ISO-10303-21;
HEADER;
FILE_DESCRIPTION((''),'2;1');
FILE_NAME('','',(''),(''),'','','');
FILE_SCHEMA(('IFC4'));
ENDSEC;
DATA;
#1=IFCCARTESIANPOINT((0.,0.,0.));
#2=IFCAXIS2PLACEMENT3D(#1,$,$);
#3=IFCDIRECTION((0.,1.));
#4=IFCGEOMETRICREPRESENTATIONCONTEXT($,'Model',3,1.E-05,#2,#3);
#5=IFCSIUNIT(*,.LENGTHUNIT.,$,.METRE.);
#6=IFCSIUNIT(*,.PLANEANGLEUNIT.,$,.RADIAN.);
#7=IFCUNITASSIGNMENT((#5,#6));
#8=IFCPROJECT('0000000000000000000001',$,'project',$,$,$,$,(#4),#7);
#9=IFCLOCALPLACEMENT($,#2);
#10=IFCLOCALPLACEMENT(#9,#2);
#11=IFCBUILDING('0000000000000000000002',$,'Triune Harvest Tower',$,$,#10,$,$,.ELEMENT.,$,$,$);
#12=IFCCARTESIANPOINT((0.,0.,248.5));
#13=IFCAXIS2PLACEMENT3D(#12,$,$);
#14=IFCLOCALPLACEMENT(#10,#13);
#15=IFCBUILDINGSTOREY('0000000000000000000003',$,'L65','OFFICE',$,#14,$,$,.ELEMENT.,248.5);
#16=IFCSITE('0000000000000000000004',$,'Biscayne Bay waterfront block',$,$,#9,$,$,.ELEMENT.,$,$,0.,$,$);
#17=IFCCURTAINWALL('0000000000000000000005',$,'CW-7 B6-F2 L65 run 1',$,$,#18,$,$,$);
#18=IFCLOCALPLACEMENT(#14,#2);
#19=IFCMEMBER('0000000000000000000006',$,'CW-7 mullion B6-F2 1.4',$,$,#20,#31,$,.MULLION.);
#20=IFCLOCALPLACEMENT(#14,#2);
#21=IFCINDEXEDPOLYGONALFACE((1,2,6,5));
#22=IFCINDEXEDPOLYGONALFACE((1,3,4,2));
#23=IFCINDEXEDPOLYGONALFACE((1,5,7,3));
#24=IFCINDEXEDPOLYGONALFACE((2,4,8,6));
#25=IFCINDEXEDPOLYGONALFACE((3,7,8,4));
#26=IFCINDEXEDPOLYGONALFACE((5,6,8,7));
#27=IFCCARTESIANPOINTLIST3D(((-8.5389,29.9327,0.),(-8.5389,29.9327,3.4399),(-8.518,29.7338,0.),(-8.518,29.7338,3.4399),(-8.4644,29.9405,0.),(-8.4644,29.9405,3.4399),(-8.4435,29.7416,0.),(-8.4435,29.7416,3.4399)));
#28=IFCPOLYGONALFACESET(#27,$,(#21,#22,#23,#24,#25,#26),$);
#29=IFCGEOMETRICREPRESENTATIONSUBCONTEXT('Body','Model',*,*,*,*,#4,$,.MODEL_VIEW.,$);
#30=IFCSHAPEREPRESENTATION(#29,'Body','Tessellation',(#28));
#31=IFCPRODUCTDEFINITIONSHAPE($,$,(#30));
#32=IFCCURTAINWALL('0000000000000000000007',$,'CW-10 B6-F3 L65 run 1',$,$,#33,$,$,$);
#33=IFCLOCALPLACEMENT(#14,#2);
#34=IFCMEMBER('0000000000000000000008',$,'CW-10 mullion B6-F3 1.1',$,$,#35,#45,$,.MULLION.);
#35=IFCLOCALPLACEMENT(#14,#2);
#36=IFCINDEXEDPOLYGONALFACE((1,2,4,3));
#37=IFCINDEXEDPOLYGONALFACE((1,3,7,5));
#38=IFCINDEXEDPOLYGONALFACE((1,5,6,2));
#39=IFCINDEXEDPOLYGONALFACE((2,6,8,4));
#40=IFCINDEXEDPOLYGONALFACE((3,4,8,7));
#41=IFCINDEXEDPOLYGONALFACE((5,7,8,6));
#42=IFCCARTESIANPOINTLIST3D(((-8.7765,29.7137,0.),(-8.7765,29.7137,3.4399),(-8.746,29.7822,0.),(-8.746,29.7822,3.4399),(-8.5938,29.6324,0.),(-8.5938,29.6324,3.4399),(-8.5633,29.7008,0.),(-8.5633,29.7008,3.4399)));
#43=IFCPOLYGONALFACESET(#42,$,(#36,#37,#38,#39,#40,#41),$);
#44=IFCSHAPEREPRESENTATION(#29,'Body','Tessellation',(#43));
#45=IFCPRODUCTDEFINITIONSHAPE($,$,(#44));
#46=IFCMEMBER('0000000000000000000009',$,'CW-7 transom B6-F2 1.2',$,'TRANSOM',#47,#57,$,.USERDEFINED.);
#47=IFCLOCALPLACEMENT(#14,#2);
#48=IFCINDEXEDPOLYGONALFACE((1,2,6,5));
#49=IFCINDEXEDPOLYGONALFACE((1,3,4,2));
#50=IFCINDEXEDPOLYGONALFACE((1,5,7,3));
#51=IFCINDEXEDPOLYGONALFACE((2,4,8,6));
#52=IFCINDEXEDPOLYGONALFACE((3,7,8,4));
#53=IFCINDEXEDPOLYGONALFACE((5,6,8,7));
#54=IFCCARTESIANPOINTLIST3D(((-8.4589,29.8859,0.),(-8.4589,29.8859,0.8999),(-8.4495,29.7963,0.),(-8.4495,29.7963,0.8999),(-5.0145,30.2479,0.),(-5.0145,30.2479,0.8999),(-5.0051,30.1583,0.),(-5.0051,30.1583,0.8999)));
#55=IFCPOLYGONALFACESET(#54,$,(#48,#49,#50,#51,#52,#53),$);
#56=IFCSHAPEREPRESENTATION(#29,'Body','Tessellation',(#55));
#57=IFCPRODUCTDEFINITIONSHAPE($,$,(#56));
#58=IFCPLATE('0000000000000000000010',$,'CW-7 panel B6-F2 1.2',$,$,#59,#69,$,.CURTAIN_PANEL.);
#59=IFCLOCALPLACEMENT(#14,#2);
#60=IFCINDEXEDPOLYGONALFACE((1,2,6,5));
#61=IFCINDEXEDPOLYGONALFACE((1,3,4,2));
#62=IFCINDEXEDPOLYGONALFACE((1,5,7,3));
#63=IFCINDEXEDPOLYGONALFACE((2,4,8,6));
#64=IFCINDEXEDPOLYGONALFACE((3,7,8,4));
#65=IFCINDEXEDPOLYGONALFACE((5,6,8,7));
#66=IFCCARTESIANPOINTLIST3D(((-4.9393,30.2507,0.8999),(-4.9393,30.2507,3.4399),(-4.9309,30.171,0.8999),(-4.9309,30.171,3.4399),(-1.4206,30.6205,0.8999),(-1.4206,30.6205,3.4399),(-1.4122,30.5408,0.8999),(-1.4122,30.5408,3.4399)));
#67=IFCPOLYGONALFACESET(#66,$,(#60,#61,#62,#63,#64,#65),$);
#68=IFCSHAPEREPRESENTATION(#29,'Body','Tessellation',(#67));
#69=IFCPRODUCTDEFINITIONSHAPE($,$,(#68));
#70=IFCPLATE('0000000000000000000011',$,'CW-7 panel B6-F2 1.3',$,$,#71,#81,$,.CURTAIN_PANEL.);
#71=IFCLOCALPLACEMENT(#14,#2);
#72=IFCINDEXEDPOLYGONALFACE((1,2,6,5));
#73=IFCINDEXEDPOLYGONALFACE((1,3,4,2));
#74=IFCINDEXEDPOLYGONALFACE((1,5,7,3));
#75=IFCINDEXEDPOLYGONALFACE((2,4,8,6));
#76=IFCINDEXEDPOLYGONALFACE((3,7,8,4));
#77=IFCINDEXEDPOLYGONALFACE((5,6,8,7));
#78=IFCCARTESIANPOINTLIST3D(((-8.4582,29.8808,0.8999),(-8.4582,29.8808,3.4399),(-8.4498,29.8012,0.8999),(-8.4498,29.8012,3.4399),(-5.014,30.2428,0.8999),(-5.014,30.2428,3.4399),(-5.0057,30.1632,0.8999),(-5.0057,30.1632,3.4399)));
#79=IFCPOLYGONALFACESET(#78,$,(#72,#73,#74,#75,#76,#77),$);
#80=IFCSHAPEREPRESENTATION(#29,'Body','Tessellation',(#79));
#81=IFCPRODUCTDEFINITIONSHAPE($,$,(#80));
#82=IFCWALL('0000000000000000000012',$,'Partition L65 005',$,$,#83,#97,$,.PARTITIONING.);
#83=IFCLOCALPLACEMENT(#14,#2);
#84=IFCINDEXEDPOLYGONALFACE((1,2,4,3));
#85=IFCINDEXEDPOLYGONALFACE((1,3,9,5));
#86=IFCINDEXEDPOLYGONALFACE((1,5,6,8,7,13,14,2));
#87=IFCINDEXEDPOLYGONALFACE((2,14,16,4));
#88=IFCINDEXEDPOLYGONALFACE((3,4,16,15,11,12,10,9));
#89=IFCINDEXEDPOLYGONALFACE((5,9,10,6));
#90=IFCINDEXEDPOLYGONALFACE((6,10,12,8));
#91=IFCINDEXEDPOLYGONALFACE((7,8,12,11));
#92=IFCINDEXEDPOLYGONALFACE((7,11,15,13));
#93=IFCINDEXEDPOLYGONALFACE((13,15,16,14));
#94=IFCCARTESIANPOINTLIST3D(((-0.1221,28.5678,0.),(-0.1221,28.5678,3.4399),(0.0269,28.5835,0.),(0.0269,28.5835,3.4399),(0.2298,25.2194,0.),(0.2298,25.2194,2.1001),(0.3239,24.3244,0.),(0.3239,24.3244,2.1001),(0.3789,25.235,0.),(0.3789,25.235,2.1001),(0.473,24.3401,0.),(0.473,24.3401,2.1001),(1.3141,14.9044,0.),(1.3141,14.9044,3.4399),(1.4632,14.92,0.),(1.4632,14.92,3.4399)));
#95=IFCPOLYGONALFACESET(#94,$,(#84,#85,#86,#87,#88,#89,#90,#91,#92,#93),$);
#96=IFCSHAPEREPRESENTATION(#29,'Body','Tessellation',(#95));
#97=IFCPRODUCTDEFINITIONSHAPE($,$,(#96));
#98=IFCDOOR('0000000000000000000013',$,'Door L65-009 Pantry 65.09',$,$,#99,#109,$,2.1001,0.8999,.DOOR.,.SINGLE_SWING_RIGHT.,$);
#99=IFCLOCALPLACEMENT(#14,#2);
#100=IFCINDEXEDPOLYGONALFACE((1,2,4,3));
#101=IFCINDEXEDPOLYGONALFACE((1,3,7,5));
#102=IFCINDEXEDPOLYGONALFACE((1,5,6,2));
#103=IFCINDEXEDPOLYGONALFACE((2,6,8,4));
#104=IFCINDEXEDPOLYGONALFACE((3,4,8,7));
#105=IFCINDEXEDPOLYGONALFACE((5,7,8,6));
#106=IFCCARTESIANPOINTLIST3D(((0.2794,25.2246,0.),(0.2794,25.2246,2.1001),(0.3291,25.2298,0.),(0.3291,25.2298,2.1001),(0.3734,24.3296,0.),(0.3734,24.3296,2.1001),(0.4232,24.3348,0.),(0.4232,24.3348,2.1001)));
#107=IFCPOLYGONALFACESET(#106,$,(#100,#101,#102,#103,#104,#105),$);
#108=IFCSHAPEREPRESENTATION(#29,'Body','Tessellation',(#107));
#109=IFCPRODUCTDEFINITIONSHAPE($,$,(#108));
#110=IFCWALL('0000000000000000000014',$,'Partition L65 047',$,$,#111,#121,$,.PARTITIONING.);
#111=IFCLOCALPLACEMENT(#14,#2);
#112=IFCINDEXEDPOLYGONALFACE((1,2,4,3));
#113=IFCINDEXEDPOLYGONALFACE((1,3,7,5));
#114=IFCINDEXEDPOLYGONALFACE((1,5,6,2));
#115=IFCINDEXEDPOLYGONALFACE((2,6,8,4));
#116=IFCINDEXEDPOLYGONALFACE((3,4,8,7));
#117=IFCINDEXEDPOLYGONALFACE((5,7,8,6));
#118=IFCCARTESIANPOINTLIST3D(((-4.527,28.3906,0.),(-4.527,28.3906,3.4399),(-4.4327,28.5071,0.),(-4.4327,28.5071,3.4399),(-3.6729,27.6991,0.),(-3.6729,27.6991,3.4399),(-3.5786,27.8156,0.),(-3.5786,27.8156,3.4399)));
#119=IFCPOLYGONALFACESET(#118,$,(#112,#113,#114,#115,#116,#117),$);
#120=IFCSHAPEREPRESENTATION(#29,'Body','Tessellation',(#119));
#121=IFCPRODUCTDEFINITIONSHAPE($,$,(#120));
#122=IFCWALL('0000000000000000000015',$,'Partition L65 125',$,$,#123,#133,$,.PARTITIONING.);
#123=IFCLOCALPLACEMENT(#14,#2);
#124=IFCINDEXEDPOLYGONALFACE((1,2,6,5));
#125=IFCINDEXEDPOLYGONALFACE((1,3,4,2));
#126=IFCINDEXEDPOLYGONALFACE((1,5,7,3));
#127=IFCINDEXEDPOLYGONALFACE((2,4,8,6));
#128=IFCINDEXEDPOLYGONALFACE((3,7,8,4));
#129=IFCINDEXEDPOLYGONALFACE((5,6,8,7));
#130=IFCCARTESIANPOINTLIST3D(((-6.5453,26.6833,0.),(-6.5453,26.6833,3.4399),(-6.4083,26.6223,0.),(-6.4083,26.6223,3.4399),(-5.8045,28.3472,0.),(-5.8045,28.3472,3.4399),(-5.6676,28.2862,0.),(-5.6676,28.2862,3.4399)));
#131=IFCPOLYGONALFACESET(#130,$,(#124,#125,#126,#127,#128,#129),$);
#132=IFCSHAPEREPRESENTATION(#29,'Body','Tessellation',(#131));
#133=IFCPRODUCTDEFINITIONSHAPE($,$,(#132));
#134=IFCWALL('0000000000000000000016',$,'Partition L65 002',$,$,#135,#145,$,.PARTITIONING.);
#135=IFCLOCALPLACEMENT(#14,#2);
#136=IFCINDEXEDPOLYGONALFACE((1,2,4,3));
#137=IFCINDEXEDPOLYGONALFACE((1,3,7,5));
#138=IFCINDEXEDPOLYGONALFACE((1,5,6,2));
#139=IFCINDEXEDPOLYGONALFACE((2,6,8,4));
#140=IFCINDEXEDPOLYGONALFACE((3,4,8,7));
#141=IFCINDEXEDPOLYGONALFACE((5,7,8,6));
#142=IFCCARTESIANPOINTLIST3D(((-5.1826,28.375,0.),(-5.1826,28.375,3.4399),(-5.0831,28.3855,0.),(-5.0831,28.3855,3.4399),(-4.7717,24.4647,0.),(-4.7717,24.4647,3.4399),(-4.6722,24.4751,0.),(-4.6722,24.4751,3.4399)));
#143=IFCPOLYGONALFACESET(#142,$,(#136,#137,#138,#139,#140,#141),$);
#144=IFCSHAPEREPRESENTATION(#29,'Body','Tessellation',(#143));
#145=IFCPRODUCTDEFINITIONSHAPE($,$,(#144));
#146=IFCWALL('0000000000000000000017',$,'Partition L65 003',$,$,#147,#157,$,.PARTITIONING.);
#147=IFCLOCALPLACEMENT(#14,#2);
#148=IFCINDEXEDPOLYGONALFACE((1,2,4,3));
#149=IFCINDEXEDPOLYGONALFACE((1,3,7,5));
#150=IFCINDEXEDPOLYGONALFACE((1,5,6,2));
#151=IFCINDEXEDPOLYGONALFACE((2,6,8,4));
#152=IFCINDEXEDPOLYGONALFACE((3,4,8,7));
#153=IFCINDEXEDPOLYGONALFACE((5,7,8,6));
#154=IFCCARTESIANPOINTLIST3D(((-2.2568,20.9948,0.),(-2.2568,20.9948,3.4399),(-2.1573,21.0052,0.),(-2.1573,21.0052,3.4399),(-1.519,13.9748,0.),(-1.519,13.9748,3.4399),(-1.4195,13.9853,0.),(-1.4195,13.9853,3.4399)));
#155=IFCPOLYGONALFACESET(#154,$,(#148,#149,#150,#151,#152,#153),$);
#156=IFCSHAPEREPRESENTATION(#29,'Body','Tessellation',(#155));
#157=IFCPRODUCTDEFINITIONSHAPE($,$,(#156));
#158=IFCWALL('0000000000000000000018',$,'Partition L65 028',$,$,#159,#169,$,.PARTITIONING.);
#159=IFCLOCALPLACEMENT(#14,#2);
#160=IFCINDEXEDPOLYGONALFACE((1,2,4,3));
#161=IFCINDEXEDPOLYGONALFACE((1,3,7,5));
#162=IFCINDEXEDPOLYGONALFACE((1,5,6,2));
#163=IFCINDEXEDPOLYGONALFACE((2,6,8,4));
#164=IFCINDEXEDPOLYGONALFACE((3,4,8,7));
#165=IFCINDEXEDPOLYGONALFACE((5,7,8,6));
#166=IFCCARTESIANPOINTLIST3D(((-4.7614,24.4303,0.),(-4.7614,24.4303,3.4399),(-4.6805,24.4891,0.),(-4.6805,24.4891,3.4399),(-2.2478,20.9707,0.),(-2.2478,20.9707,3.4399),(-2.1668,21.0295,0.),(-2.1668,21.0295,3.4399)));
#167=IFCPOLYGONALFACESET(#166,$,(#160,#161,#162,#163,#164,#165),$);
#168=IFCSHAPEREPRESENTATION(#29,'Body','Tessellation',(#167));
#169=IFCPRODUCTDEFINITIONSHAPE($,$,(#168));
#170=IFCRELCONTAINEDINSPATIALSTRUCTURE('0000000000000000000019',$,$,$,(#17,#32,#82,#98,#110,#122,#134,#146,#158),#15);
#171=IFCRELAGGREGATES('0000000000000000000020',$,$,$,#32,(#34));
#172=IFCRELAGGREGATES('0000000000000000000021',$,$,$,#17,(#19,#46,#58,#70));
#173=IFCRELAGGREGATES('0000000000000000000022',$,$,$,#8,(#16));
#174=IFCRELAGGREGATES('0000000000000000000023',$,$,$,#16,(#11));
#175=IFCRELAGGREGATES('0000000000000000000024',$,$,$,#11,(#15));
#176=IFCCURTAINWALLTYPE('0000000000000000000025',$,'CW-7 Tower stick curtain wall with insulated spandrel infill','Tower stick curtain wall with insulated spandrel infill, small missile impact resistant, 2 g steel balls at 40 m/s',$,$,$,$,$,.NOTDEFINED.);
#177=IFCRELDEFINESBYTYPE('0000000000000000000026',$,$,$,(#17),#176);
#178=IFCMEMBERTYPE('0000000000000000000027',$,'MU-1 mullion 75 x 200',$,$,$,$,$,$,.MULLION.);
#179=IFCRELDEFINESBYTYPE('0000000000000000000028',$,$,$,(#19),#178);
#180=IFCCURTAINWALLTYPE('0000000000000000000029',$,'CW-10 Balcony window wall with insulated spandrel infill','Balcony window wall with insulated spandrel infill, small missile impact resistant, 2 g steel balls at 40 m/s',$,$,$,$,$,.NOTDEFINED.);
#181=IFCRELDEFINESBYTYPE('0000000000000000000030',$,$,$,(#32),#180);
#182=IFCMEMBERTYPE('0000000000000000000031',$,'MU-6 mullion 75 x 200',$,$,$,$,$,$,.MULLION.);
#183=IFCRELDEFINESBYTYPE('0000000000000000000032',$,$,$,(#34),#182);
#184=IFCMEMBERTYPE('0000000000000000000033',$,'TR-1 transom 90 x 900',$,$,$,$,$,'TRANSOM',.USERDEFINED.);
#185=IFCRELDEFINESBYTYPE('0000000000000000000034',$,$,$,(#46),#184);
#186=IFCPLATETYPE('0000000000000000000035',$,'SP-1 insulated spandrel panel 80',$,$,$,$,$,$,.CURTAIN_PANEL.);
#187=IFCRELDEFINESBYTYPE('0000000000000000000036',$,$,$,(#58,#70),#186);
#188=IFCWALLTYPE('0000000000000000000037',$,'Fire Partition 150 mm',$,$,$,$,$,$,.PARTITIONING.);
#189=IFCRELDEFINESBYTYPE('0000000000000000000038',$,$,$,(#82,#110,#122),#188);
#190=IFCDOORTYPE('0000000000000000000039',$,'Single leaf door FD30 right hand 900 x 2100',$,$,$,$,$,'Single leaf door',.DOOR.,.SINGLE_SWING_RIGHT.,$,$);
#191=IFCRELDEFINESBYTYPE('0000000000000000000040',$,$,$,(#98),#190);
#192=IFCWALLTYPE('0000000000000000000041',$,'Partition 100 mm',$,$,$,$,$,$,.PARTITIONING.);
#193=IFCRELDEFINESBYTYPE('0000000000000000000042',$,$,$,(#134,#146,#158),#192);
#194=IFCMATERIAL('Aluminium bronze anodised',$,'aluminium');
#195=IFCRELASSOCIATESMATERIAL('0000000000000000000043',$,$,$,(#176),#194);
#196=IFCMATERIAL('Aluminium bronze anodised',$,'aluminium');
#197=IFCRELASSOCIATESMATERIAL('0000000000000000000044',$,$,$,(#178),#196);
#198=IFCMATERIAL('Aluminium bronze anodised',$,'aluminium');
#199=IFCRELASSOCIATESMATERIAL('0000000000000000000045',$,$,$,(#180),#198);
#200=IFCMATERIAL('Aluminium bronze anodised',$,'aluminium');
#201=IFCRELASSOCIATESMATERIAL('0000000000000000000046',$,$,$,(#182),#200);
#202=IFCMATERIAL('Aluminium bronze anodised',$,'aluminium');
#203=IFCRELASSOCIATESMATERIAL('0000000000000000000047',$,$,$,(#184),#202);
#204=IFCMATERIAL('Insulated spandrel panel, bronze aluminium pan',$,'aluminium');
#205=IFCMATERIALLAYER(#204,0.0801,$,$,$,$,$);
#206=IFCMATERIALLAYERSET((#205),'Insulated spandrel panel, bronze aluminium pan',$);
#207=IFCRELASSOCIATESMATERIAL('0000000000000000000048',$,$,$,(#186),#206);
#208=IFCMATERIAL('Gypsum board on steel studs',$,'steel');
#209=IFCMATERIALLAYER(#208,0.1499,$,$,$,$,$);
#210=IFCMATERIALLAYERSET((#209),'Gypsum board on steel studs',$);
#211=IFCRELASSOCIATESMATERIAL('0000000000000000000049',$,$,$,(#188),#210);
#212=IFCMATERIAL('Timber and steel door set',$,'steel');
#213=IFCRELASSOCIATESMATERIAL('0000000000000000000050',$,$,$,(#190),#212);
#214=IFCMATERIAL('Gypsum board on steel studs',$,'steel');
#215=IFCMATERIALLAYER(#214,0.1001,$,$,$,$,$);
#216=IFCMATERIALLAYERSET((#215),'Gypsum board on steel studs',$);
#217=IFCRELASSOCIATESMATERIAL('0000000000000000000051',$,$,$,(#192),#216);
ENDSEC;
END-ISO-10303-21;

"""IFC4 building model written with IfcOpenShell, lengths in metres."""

from ifc_helpers import new_model, si_unit, direction, frame, frame_2d, origin, origin_2d, place, context, subcontext, project, spatial, rectangle, extrude, source, transform, mapped, material, layer, layer_set, material_profile, profile_set, type_object, element, fill, aggregate, save


model = new_model("IFC4")

# Units and contexts
model_context = context("Model", 3, precision=1e-05, world=origin(), true_north=direction((0.0, 1.0)))
body_context = subcontext(model_context, "Body", "Model", "MODEL_VIEW")
ifc_project = project(units=[si_unit("LENGTHUNIT", "METRE"), si_unit("PLANEANGLEUNIT", "RADIAN")], contexts=[model_context])

# Site, building, storey
site_placement = place(None, origin())
site = spatial("IfcSite", under=ifc_project, at=site_placement, Name="Biscayne Bay waterfront block", CompositionType="ELEMENT", RefElevation=0.0)
building_placement = place(site_placement, origin())
building = spatial("IfcBuilding", under=site, at=building_placement, Name="Triune Harvest Tower", CompositionType="ELEMENT")
storey_placement = place(building_placement, frame((0.0, 0.0, 248.5)))
storey = spatial("IfcBuildingStorey", under=building, at=storey_placement, Name="L65", Description="OFFICE", CompositionType="ELEMENT", Elevation=248.5)

# Curtain wall, member
ifc_material_1 = material(Name="Aluminium bronze anodised", Category="aluminium")
curtain_wall_type_1 = type_object("IfcCurtainWallType", Name="CW-7 Tower stick curtain wall with insulated spandrel infill", Description="Tower stick curtain wall with insulated spandrel infill, small missile impact resistant, 2 g steel balls at 40 m/s", PredefinedType="NOTDEFINED", material=ifc_material_1)
curtain_wall_1_placement = place(storey_placement, origin())
curtain_wall_1 = element("IfcCurtainWall", 1, at=curtain_wall_1_placement, inside=storey, type_object=curtain_wall_type_1, Name="CW-7 B6-F2 L65 run 1")
ifc_material_2 = material(Name="Aluminium bronze anodised", Category="aluminium")
ifc_material_profile_1 = material_profile(ifc_material_2, rectangle(XDim=0.2, YDim=0.075, at=origin_2d()), Name="MU-1 mullion 75 x 200")
ifc_profile_set_1 = profile_set([ifc_material_profile_1], Name="Aluminium bronze anodised")
member_type_1 = type_object("IfcMemberType", Name="MU-1 mullion 75 x 200", PredefinedType="MULLION", material=ifc_profile_set_1)
shared_shape_1 = source(origin(), body_context, "Body", "SweptSolid", [
    extrude(rectangle(XDim=0.2, YDim=0.075, at=origin_2d()), origin(), (0.0, 0.0, 1.0), 3.4399),
])
member_1_placement = place(storey_placement, frame((-8.4912, 29.8372, 0.0), z_axis=(0.0, 0.0, 1.0), x_axis=(0.10453, -0.994522, 0.0)))
member_1 = element("IfcMember", 2, at=member_1_placement, type_object=member_type_1, Name="CW-7 mullion B6-F2 1.4", PredefinedType="MULLION", context=body_context, shape_type="MappedRepresentation", body=[
    mapped(shared_shape_1, transform((0.0, 0.0, 0.0), scale=1.0)),
])

# Curtain wall, member
ifc_material_3 = material(Name="Aluminium bronze anodised", Category="aluminium")
curtain_wall_type_2 = type_object("IfcCurtainWallType", Name="CW-10 Balcony window wall with insulated spandrel infill", Description="Balcony window wall with insulated spandrel infill, small missile impact resistant, 2 g steel balls at 40 m/s", PredefinedType="NOTDEFINED", material=ifc_material_3)
curtain_wall_2_placement = place(storey_placement, origin())
curtain_wall_2 = element("IfcCurtainWall", 3, at=curtain_wall_2_placement, inside=storey, type_object=curtain_wall_type_2, Name="CW-10 B6-F3 L65 run 1")
ifc_material_4 = material(Name="Aluminium bronze anodised", Category="aluminium")
ifc_material_profile_2 = material_profile(ifc_material_4, rectangle(XDim=0.2, YDim=0.075, at=origin_2d()), Name="MU-6 mullion 75 x 200")
ifc_profile_set_2 = profile_set([ifc_material_profile_2], Name="Aluminium bronze anodised")
member_type_2 = type_object("IfcMemberType", Name="MU-6 mullion 75 x 200", PredefinedType="MULLION", material=ifc_profile_set_2)
shared_shape_2 = source(origin(), body_context, "Body", "SweptSolid", [
    extrude(rectangle(XDim=0.2, YDim=0.075, at=origin_2d()), origin(), (0.0, 0.0, 1.0), 3.4399),
])
member_2_placement = place(storey_placement, frame((-8.6699, 29.7073, 0.0), z_axis=(0.0, 0.0, 1.0), x_axis=(0.913545, -0.406738, 0.0)))
member_2 = element("IfcMember", 4, at=member_2_placement, type_object=member_type_2, Name="CW-10 mullion B6-F3 1.1", PredefinedType="MULLION", context=body_context, shape_type="MappedRepresentation", body=[
    mapped(shared_shape_2, transform((0.0, 0.0, 0.0), scale=1.0)),
])
aggregate(curtain_wall_2, [member_2])

# Member
ifc_material_5 = material(Name="Aluminium bronze anodised", Category="aluminium")
ifc_material_profile_3 = material_profile(ifc_material_5, rectangle(XDim=0.0901, YDim=0.8999, at=origin_2d()), Name="TR-1 transom 90 x 900")
ifc_profile_set_3 = profile_set([ifc_material_profile_3], Name="Aluminium bronze anodised")
member_type_3 = type_object("IfcMemberType", Name="TR-1 transom 90 x 900", ElementType="TRANSOM", PredefinedType="USERDEFINED", material=ifc_profile_set_3)
shared_shape_3 = source(origin(), body_context, "Body", "SweptSolid", [
    extrude(rectangle(XDim=0.0901, YDim=0.8999, at=origin_2d()), origin(), (0.0, 0.0, 1.0), 3.4634),
])
member_3_placement = place(storey_placement, frame((-5.0098, 30.2031, 0.45), z_axis=(-0.994521, -0.104542, 0.0), x_axis=(0.104542, -0.994521, 0.0)))
member_3 = element("IfcMember", 5, at=member_3_placement, type_object=member_type_3, Name="CW-7 transom B6-F2 1.2", ObjectType="TRANSOM", PredefinedType="USERDEFINED", context=body_context, shape_type="MappedRepresentation", body=[
    mapped(shared_shape_3, transform((0.0, 0.0, 0.0), scale=1.0)),
])

# Plates
ifc_material_6 = material(Name="Insulated spandrel panel, bronze aluminium pan", Category="aluminium")
ifc_layer_1 = layer(ifc_material_6, 0.0801)
ifc_layer_set_1 = layer_set([ifc_layer_1], Name="Insulated spandrel panel, bronze aluminium pan")
plate_type = type_object("IfcPlateType", Name="SP-1 insulated spandrel panel 80", PredefinedType="CURTAIN_PANEL", material=ifc_layer_set_1)
shared_shape_4 = source(origin(), body_context, "Body", "SweptSolid", [
    extrude(rectangle(XDim=3.5381, YDim=0.0801, at=origin_2d()), origin(), (0.0, 0.0, 1.0), 2.54),
])
plate_1_placement = place(storey_placement, frame((-3.1758, 30.3958, 0.8999), z_axis=(0.0, 0.0, 1.0), x_axis=(-0.994522, -0.10453, 0.0)))
plate_1 = element("IfcPlate", 6, at=plate_1_placement, type_object=plate_type, Name="CW-7 panel B6-F2 1.2", PredefinedType="CURTAIN_PANEL", context=body_context, shape_type="MappedRepresentation", body=[
    mapped(shared_shape_4, transform((0.0, 0.0, 0.0), scale=1.0)),
])
shared_shape_5 = source(origin(), body_context, "Body", "SweptSolid", [
    extrude(rectangle(XDim=3.4631, YDim=0.0801, at=origin_2d()), origin(), (0.0, 0.0, 1.0), 2.54),
])
plate_2_placement = place(storey_placement, frame((-6.7319, 30.022, 0.8999), z_axis=(0.0, 0.0, 1.0), x_axis=(-0.994522, -0.10453, 0.0)))
plate_2 = element("IfcPlate", 7, at=plate_2_placement, type_object=plate_type, Name="CW-7 panel B6-F2 1.3", PredefinedType="CURTAIN_PANEL", context=body_context, shape_type="MappedRepresentation", body=[
    mapped(shared_shape_5, transform((0.0, 0.0, 0.0), scale=1.0)),
])
aggregate(curtain_wall_1, [member_1, member_3, plate_1, plate_2])

# Wall, opening, door
ifc_material_7 = material(Name="Gypsum board on steel studs", Category="steel")
ifc_layer_2 = layer(ifc_material_7, 0.1499)
ifc_layer_set_2 = layer_set([ifc_layer_2], Name="Gypsum board on steel studs")
wall_type_1 = type_object("IfcWallType", Name="Fire Partition 150 mm", PredefinedType="PARTITIONING", material=ifc_layer_set_2)
wall_1_placement = place(storey_placement, frame((-0.0476, 28.5757, 0.0), z_axis=(0.0, 0.0, 1.0), x_axis=(0.104541, -0.994521, 0.0)))
wall_1 = element("IfcWall", 8, at=wall_1_placement, inside=storey, type_object=wall_type_1, Name="Partition L65 005", PredefinedType="PARTITIONING", context=body_context, shape_type="SweptSolid", body=[
    extrude(rectangle(XDim=13.7388, YDim=0.1499, at=frame_2d((6.8694, 0.0))), origin(), (0.0, 0.0, 1.0), 3.4399),
])
opening_placement = place(wall_1_placement, frame((3.3669, 0.0, 0.0)))
opening = element("IfcOpeningElement", 9, at=opening_placement, cuts=wall_1, PredefinedType="OPENING", context=body_context, shape_type="SweptSolid", body=[
    extrude(rectangle(XDim=0.8999, YDim=2.1001, at=frame_2d((0.45, 1.05))), frame((0.0, 0.085, 0.0), z_axis=(0.0, -1.0, 0.0), x_axis=(1.0, 0.0, 0.0)), (0.0, 0.0, 1.0), 0.1699),
])
ifc_material_8 = material(Name="Timber and steel door set", Category="steel")
door_type = type_object("IfcDoorType", Name="Single leaf door FD30 right hand 900 x 2100", ElementType="Single leaf door", OperationType="SINGLE_SWING_RIGHT", PredefinedType="DOOR", material=ifc_material_8)
door_placement = place(opening_placement, origin())
door = element("IfcDoor", 10, at=door_placement, inside=storey, type_object=door_type, Name="Door L65-009 Pantry 65.09", OperationType="SINGLE_SWING_RIGHT", OverallHeight=2.1001, OverallWidth=0.8999, PredefinedType="DOOR", context=body_context, shape_type="SweptSolid", body=[
    extrude(rectangle(XDim=0.8999, YDim=2.1001, at=frame_2d((0.45, 1.05))), frame((0.0, 0.0249, 0.0), z_axis=(0.0, -1.0, 0.0), x_axis=(1.0, 0.0, 0.0)), (0.0, 0.0, 1.0), 0.05),
])
fill(opening, door)

# Walls
wall_2_placement = place(storey_placement, frame((-4.4797, 28.4487, 0.0), z_axis=(0.0, 0.0, 1.0), x_axis=(0.777214, -0.629237, 0.0)))
element("IfcWall", 11, at=wall_2_placement, inside=storey, type_object=wall_type_1, Name="Partition L65 047", PredefinedType="PARTITIONING", context=body_context, shape_type="SweptSolid", body=[
    extrude(rectangle(XDim=1.0989, YDim=0.1499, at=frame_2d((0.5493, 0.0))), origin(), (0.0, 0.0, 1.0), 3.4399),
])
wall_3_placement = place(storey_placement, frame((-6.4768, 26.6528, 0.0), z_axis=(0.0, 0.0, 1.0), x_axis=(0.406711, 0.913557, 0.0)))
element("IfcWall", 12, at=wall_3_placement, inside=storey, type_object=wall_type_1, Name="Partition L65 125", PredefinedType="PARTITIONING", context=body_context, shape_type="SweptSolid", body=[
    extrude(rectangle(XDim=1.8213, YDim=0.1499, at=frame_2d((0.9106, 0.0))), origin(), (0.0, 0.0, 1.0), 3.4399),
])
ifc_material_9 = material(Name="Gypsum board on steel studs", Category="steel")
ifc_layer_3 = layer(ifc_material_9, 0.1001)
ifc_layer_set_3 = layer_set([ifc_layer_3], Name="Gypsum board on steel studs")
wall_type_2 = type_object("IfcWallType", Name="Partition 100 mm", PredefinedType="PARTITIONING", material=ifc_layer_set_3)
wall_4_placement = place(storey_placement, frame((-5.1328, 28.3801, 0.0), z_axis=(0.0, 0.0, 1.0), x_axis=(0.104501, -0.994525, 0.0)))
element("IfcWall", 13, at=wall_4_placement, inside=storey, type_object=wall_type_2, Name="Partition L65 002", PredefinedType="PARTITIONING", context=body_context, shape_type="SweptSolid", body=[
    extrude(rectangle(XDim=3.9319, YDim=0.1001, at=frame_2d((1.9658, 0.0))), origin(), (0.0, 0.0, 1.0), 3.4399),
])
wall_5_placement = place(storey_placement, frame((-2.207, 21.0, 0.0), z_axis=(0.0, 0.0, 1.0), x_axis=(0.104523, -0.994522, 0.0)))
element("IfcWall", 14, at=wall_5_placement, inside=storey, type_object=wall_type_2, Name="Partition L65 003", PredefinedType="PARTITIONING", context=body_context, shape_type="SweptSolid", body=[
    extrude(rectangle(XDim=7.0586, YDim=0.1001, at=frame_2d((3.5293, 0.0))), origin(), (0.0, 0.0, 1.0), 3.4399),
])
wall_6_placement = place(storey_placement, frame((-4.7209, 24.4597, 0.0), z_axis=(0.0, 0.0, 1.0), x_axis=(0.587791, -0.809012, 0.0)))
element("IfcWall", 15, at=wall_6_placement, inside=storey, type_object=wall_type_2, Name="Partition L65 028", PredefinedType="PARTITIONING", context=body_context, shape_type="SweptSolid", body=[
    extrude(rectangle(XDim=4.2764, YDim=0.1001, at=frame_2d((2.1382, 0.0))), origin(), (0.0, 0.0, 1.0), 3.4399),
])

save(model, "model.ifc")
